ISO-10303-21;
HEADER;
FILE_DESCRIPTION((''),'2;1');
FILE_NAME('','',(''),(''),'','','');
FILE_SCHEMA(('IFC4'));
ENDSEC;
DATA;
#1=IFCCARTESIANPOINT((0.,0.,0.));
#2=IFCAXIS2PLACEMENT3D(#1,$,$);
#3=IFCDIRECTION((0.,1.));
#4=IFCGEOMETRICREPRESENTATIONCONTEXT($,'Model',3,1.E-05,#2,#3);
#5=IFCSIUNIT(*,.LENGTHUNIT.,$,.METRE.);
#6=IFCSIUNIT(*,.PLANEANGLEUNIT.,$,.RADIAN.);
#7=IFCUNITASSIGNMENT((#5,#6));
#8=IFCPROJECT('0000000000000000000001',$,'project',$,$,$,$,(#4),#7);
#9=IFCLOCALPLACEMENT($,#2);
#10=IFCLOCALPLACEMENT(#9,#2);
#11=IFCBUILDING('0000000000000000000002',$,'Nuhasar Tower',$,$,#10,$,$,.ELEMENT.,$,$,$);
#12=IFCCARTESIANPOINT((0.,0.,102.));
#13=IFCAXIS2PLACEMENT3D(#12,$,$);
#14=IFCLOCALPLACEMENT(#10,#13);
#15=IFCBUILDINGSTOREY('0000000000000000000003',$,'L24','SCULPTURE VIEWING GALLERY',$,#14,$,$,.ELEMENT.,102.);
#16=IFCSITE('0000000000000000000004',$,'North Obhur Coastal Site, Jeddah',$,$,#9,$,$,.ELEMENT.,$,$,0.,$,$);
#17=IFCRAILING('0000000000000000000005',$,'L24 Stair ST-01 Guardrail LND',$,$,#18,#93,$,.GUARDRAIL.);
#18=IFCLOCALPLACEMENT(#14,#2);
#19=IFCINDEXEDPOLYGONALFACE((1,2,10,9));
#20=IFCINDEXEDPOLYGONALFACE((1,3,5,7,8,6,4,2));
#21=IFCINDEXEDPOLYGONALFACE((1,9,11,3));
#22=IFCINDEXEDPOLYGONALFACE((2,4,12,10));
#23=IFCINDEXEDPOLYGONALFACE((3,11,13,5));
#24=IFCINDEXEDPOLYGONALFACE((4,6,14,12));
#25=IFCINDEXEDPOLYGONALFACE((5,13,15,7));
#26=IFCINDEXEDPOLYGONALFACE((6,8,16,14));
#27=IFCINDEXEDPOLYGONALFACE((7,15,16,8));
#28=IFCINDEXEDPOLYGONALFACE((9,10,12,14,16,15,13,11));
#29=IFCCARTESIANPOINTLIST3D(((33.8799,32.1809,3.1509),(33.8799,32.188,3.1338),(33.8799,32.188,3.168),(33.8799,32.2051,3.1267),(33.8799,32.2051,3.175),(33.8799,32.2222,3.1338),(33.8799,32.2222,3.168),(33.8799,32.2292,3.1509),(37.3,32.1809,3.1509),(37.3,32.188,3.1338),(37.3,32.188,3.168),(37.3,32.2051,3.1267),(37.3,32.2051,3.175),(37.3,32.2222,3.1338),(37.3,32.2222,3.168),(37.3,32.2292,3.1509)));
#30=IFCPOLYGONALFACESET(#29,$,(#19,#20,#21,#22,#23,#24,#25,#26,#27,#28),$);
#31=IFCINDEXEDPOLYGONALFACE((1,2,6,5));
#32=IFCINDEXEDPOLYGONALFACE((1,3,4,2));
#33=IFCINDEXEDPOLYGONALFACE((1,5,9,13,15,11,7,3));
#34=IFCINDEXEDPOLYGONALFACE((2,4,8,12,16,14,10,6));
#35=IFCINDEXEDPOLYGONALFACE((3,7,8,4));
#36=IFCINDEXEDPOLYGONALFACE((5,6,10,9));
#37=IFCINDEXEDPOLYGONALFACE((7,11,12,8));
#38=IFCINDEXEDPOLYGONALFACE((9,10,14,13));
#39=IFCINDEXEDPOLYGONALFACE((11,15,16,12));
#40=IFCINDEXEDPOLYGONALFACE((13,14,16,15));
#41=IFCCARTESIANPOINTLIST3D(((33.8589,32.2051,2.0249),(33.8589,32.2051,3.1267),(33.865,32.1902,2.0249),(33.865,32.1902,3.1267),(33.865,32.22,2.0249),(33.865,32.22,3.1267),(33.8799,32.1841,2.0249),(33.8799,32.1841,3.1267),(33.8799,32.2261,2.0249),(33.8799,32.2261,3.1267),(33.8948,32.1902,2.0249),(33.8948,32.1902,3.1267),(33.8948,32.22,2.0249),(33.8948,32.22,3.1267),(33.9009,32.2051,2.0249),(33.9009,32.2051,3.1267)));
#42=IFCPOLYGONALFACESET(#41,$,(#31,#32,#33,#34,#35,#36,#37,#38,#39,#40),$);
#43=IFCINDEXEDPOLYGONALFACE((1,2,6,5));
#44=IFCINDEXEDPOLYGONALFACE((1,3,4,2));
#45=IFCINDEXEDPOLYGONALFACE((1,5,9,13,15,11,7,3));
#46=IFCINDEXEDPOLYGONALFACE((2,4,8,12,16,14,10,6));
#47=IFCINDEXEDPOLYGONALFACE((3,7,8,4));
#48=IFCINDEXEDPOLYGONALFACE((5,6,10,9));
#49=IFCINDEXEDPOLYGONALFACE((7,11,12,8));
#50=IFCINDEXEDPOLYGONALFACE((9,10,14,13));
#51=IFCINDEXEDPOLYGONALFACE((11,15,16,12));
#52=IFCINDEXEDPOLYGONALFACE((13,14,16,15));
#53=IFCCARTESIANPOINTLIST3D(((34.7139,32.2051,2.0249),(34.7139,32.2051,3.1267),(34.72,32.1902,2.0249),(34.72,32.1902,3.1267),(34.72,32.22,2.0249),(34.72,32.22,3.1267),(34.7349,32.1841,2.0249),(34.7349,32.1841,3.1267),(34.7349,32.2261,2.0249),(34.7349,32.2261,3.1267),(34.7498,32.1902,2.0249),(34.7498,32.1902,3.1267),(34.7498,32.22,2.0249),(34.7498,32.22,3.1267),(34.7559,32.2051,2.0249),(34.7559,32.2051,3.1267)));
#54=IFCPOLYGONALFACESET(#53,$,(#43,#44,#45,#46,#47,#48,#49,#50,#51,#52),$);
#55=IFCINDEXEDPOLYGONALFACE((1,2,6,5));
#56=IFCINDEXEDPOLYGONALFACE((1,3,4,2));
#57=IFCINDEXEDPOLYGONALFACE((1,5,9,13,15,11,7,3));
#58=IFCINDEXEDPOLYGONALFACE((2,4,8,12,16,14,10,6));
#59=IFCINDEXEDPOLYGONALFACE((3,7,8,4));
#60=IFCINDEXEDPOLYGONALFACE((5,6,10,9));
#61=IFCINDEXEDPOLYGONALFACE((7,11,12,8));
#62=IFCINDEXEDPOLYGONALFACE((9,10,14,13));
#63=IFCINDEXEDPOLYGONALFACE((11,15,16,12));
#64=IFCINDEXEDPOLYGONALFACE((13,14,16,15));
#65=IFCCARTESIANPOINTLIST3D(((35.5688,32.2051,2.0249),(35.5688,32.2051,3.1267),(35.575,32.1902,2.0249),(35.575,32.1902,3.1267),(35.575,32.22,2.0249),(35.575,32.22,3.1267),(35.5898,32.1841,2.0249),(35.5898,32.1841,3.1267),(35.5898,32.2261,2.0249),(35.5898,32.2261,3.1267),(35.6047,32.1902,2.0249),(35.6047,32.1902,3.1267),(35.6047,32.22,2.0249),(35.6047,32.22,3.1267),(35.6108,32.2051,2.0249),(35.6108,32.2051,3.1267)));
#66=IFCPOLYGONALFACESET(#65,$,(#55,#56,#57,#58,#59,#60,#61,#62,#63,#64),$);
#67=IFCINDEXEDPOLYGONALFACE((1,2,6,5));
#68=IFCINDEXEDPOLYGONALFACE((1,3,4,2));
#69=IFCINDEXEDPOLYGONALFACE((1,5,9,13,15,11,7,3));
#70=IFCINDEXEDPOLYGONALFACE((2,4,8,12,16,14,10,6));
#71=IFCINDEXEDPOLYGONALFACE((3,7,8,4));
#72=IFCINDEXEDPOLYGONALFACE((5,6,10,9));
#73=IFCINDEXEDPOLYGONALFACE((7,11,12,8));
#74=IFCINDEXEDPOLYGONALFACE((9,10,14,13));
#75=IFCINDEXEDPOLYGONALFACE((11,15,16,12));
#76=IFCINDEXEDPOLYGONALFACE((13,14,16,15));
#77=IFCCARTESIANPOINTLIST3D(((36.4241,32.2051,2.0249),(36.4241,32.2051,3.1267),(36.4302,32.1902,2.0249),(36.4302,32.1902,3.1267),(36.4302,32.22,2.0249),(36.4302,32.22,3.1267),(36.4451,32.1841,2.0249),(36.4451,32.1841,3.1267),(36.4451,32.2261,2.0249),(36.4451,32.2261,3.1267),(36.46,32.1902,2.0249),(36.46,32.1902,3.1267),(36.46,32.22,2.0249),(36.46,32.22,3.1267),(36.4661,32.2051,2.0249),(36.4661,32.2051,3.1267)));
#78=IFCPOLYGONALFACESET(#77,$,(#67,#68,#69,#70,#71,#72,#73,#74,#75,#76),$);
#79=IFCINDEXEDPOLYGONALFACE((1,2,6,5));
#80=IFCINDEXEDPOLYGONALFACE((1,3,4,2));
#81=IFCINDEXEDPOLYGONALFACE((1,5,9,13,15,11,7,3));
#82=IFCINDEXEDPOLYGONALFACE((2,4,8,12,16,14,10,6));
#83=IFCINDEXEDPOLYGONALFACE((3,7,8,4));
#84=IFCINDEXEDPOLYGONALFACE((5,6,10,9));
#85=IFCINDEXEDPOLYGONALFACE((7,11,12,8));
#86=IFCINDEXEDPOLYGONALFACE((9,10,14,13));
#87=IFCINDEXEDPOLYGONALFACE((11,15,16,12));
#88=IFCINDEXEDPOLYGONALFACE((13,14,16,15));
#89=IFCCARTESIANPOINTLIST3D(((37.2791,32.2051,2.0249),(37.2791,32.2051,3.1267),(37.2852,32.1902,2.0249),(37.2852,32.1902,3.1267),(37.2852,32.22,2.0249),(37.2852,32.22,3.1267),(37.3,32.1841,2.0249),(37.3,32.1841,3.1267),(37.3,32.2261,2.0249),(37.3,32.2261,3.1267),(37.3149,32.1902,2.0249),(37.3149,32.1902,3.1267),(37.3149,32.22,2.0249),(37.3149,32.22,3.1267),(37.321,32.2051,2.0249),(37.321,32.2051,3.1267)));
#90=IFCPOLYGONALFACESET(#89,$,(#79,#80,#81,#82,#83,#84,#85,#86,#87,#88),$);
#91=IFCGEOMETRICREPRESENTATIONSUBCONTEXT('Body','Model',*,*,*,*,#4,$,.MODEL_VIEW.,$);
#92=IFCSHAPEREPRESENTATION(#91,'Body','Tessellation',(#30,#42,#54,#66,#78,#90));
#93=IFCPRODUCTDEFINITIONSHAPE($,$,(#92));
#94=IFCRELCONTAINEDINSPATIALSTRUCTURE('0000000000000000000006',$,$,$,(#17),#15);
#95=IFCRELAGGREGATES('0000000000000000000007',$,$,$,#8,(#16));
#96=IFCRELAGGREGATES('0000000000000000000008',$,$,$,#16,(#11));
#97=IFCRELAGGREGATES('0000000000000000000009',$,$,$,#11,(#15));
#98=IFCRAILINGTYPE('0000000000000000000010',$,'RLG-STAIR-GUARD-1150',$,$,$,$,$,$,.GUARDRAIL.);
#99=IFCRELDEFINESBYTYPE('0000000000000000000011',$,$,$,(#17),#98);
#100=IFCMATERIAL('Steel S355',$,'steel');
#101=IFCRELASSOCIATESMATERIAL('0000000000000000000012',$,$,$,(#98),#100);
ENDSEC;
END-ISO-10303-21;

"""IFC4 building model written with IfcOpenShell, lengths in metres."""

from ifc_helpers import new_model, si_unit, direction, frame, origin, place, context, subcontext, project, spatial, polyline, outline, extrude, material, type_object, element, save


model = new_model("IFC4")

# Units and contexts
model_context = context("Model", 3, precision=1e-05, world=origin(), true_north=direction((0.0, 1.0)))
body_context = subcontext(model_context, "Body", "Model", "MODEL_VIEW")
ifc_project = project(units=[si_unit("LENGTHUNIT", "METRE"), si_unit("PLANEANGLEUNIT", "RADIAN")], contexts=[model_context])

# Site, building, storey
site_placement = place(None, origin())
site = spatial("IfcSite", under=ifc_project, at=site_placement, Name="North Obhur Coastal Site, Jeddah", CompositionType="ELEMENT", RefElevation=0.0)
building_placement = place(site_placement, origin())
building = spatial("IfcBuilding", under=site, at=building_placement, Name="Nuhasar Tower", CompositionType="ELEMENT")
storey_placement = place(building_placement, frame((0.0, 0.0, 102.0)))
storey = spatial("IfcBuildingStorey", under=building, at=storey_placement, Name="L24", Description="SCULPTURE VIEWING GALLERY", CompositionType="ELEMENT", Elevation=102.0)

# Shared definitions
ifc_material_1 = material(Name="Steel S355", Category="steel")

# Railing
railing_type_1 = type_object("IfcRailingType", Name="RLG-STAIR-GUARD-1150", PredefinedType="GUARDRAIL", material=ifc_material_1)
railing_1_placement = place(storey_placement, frame((33.8799, 32.2051, 2.0249)))
element("IfcRailing", 1, at=railing_1_placement, inside=storey, type_object=railing_type_1, Name="L24 Stair ST-01 Guardrail LND", PredefinedType="GUARDRAIL", context=body_context, shape_type="SweptSolid", body=[
    extrude(outline(polyline([(0.0242, 0.0), (0.0171, 0.0171), (0.0, 0.0242), (-0.0171, 0.0171), (-0.0242, 0.0), (-0.0171, -0.0171), (0.0, -0.0242), (0.0171, -0.0171), (0.0242, 0.0)])), frame((0.0, 0.0, 1.126), z_axis=(1.0, 0.0, 0.0), x_axis=(0.0, 1.0, 0.0)), (0.0, 0.0, 1.0), 3.4202),
    extrude(outline(polyline([(0.021, 0.0), (0.0149, 0.0149), (0.0, 0.021), (-0.0149, 0.0149), (-0.021, 0.0), (-0.0149, -0.0149), (0.0, -0.021), (0.0149, -0.0149), (0.021, 0.0)])), origin(), (0.0, 0.0, 1.0), 1.1018),
    extrude(outline(polyline([(0.021, 0.0), (0.0149, 0.0149), (0.0, 0.021), (-0.0149, 0.0149), (-0.021, 0.0), (-0.0149, -0.0149), (0.0, -0.021), (0.0149, -0.0149), (0.021, 0.0)])), frame((0.855, 0.0, 0.0)), (0.0, 0.0, 1.0), 1.1018),
    extrude(outline(polyline([(0.021, 0.0), (0.0149, 0.0149), (0.0, 0.021), (-0.0149, 0.0149), (-0.021, 0.0), (-0.0149, -0.0149), (0.0, -0.021), (0.0149, -0.0149), (0.021, 0.0)])), frame((1.71, 0.0, 0.0)), (0.0, 0.0, 1.0), 1.1018),
    extrude(outline(polyline([(0.021, 0.0), (0.0149, 0.0149), (0.0, 0.021), (-0.0149, 0.0149), (-0.021, 0.0), (-0.0149, -0.0149), (0.0, -0.021), (0.0149, -0.0149), (0.021, 0.0)])), frame((2.5652, 0.0, 0.0)), (0.0, 0.0, 1.0), 1.1018),
    extrude(outline(polyline([(0.021, 0.0), (0.0149, 0.0149), (0.0, 0.021), (-0.0149, 0.0149), (-0.021, 0.0), (-0.0149, -0.0149), (0.0, -0.021), (0.0149, -0.0149), (0.021, 0.0)])), frame((3.4202, 0.0, 0.0)), (0.0, 0.0, 1.0), 1.1018),
])

save(model, "model.ifc")
